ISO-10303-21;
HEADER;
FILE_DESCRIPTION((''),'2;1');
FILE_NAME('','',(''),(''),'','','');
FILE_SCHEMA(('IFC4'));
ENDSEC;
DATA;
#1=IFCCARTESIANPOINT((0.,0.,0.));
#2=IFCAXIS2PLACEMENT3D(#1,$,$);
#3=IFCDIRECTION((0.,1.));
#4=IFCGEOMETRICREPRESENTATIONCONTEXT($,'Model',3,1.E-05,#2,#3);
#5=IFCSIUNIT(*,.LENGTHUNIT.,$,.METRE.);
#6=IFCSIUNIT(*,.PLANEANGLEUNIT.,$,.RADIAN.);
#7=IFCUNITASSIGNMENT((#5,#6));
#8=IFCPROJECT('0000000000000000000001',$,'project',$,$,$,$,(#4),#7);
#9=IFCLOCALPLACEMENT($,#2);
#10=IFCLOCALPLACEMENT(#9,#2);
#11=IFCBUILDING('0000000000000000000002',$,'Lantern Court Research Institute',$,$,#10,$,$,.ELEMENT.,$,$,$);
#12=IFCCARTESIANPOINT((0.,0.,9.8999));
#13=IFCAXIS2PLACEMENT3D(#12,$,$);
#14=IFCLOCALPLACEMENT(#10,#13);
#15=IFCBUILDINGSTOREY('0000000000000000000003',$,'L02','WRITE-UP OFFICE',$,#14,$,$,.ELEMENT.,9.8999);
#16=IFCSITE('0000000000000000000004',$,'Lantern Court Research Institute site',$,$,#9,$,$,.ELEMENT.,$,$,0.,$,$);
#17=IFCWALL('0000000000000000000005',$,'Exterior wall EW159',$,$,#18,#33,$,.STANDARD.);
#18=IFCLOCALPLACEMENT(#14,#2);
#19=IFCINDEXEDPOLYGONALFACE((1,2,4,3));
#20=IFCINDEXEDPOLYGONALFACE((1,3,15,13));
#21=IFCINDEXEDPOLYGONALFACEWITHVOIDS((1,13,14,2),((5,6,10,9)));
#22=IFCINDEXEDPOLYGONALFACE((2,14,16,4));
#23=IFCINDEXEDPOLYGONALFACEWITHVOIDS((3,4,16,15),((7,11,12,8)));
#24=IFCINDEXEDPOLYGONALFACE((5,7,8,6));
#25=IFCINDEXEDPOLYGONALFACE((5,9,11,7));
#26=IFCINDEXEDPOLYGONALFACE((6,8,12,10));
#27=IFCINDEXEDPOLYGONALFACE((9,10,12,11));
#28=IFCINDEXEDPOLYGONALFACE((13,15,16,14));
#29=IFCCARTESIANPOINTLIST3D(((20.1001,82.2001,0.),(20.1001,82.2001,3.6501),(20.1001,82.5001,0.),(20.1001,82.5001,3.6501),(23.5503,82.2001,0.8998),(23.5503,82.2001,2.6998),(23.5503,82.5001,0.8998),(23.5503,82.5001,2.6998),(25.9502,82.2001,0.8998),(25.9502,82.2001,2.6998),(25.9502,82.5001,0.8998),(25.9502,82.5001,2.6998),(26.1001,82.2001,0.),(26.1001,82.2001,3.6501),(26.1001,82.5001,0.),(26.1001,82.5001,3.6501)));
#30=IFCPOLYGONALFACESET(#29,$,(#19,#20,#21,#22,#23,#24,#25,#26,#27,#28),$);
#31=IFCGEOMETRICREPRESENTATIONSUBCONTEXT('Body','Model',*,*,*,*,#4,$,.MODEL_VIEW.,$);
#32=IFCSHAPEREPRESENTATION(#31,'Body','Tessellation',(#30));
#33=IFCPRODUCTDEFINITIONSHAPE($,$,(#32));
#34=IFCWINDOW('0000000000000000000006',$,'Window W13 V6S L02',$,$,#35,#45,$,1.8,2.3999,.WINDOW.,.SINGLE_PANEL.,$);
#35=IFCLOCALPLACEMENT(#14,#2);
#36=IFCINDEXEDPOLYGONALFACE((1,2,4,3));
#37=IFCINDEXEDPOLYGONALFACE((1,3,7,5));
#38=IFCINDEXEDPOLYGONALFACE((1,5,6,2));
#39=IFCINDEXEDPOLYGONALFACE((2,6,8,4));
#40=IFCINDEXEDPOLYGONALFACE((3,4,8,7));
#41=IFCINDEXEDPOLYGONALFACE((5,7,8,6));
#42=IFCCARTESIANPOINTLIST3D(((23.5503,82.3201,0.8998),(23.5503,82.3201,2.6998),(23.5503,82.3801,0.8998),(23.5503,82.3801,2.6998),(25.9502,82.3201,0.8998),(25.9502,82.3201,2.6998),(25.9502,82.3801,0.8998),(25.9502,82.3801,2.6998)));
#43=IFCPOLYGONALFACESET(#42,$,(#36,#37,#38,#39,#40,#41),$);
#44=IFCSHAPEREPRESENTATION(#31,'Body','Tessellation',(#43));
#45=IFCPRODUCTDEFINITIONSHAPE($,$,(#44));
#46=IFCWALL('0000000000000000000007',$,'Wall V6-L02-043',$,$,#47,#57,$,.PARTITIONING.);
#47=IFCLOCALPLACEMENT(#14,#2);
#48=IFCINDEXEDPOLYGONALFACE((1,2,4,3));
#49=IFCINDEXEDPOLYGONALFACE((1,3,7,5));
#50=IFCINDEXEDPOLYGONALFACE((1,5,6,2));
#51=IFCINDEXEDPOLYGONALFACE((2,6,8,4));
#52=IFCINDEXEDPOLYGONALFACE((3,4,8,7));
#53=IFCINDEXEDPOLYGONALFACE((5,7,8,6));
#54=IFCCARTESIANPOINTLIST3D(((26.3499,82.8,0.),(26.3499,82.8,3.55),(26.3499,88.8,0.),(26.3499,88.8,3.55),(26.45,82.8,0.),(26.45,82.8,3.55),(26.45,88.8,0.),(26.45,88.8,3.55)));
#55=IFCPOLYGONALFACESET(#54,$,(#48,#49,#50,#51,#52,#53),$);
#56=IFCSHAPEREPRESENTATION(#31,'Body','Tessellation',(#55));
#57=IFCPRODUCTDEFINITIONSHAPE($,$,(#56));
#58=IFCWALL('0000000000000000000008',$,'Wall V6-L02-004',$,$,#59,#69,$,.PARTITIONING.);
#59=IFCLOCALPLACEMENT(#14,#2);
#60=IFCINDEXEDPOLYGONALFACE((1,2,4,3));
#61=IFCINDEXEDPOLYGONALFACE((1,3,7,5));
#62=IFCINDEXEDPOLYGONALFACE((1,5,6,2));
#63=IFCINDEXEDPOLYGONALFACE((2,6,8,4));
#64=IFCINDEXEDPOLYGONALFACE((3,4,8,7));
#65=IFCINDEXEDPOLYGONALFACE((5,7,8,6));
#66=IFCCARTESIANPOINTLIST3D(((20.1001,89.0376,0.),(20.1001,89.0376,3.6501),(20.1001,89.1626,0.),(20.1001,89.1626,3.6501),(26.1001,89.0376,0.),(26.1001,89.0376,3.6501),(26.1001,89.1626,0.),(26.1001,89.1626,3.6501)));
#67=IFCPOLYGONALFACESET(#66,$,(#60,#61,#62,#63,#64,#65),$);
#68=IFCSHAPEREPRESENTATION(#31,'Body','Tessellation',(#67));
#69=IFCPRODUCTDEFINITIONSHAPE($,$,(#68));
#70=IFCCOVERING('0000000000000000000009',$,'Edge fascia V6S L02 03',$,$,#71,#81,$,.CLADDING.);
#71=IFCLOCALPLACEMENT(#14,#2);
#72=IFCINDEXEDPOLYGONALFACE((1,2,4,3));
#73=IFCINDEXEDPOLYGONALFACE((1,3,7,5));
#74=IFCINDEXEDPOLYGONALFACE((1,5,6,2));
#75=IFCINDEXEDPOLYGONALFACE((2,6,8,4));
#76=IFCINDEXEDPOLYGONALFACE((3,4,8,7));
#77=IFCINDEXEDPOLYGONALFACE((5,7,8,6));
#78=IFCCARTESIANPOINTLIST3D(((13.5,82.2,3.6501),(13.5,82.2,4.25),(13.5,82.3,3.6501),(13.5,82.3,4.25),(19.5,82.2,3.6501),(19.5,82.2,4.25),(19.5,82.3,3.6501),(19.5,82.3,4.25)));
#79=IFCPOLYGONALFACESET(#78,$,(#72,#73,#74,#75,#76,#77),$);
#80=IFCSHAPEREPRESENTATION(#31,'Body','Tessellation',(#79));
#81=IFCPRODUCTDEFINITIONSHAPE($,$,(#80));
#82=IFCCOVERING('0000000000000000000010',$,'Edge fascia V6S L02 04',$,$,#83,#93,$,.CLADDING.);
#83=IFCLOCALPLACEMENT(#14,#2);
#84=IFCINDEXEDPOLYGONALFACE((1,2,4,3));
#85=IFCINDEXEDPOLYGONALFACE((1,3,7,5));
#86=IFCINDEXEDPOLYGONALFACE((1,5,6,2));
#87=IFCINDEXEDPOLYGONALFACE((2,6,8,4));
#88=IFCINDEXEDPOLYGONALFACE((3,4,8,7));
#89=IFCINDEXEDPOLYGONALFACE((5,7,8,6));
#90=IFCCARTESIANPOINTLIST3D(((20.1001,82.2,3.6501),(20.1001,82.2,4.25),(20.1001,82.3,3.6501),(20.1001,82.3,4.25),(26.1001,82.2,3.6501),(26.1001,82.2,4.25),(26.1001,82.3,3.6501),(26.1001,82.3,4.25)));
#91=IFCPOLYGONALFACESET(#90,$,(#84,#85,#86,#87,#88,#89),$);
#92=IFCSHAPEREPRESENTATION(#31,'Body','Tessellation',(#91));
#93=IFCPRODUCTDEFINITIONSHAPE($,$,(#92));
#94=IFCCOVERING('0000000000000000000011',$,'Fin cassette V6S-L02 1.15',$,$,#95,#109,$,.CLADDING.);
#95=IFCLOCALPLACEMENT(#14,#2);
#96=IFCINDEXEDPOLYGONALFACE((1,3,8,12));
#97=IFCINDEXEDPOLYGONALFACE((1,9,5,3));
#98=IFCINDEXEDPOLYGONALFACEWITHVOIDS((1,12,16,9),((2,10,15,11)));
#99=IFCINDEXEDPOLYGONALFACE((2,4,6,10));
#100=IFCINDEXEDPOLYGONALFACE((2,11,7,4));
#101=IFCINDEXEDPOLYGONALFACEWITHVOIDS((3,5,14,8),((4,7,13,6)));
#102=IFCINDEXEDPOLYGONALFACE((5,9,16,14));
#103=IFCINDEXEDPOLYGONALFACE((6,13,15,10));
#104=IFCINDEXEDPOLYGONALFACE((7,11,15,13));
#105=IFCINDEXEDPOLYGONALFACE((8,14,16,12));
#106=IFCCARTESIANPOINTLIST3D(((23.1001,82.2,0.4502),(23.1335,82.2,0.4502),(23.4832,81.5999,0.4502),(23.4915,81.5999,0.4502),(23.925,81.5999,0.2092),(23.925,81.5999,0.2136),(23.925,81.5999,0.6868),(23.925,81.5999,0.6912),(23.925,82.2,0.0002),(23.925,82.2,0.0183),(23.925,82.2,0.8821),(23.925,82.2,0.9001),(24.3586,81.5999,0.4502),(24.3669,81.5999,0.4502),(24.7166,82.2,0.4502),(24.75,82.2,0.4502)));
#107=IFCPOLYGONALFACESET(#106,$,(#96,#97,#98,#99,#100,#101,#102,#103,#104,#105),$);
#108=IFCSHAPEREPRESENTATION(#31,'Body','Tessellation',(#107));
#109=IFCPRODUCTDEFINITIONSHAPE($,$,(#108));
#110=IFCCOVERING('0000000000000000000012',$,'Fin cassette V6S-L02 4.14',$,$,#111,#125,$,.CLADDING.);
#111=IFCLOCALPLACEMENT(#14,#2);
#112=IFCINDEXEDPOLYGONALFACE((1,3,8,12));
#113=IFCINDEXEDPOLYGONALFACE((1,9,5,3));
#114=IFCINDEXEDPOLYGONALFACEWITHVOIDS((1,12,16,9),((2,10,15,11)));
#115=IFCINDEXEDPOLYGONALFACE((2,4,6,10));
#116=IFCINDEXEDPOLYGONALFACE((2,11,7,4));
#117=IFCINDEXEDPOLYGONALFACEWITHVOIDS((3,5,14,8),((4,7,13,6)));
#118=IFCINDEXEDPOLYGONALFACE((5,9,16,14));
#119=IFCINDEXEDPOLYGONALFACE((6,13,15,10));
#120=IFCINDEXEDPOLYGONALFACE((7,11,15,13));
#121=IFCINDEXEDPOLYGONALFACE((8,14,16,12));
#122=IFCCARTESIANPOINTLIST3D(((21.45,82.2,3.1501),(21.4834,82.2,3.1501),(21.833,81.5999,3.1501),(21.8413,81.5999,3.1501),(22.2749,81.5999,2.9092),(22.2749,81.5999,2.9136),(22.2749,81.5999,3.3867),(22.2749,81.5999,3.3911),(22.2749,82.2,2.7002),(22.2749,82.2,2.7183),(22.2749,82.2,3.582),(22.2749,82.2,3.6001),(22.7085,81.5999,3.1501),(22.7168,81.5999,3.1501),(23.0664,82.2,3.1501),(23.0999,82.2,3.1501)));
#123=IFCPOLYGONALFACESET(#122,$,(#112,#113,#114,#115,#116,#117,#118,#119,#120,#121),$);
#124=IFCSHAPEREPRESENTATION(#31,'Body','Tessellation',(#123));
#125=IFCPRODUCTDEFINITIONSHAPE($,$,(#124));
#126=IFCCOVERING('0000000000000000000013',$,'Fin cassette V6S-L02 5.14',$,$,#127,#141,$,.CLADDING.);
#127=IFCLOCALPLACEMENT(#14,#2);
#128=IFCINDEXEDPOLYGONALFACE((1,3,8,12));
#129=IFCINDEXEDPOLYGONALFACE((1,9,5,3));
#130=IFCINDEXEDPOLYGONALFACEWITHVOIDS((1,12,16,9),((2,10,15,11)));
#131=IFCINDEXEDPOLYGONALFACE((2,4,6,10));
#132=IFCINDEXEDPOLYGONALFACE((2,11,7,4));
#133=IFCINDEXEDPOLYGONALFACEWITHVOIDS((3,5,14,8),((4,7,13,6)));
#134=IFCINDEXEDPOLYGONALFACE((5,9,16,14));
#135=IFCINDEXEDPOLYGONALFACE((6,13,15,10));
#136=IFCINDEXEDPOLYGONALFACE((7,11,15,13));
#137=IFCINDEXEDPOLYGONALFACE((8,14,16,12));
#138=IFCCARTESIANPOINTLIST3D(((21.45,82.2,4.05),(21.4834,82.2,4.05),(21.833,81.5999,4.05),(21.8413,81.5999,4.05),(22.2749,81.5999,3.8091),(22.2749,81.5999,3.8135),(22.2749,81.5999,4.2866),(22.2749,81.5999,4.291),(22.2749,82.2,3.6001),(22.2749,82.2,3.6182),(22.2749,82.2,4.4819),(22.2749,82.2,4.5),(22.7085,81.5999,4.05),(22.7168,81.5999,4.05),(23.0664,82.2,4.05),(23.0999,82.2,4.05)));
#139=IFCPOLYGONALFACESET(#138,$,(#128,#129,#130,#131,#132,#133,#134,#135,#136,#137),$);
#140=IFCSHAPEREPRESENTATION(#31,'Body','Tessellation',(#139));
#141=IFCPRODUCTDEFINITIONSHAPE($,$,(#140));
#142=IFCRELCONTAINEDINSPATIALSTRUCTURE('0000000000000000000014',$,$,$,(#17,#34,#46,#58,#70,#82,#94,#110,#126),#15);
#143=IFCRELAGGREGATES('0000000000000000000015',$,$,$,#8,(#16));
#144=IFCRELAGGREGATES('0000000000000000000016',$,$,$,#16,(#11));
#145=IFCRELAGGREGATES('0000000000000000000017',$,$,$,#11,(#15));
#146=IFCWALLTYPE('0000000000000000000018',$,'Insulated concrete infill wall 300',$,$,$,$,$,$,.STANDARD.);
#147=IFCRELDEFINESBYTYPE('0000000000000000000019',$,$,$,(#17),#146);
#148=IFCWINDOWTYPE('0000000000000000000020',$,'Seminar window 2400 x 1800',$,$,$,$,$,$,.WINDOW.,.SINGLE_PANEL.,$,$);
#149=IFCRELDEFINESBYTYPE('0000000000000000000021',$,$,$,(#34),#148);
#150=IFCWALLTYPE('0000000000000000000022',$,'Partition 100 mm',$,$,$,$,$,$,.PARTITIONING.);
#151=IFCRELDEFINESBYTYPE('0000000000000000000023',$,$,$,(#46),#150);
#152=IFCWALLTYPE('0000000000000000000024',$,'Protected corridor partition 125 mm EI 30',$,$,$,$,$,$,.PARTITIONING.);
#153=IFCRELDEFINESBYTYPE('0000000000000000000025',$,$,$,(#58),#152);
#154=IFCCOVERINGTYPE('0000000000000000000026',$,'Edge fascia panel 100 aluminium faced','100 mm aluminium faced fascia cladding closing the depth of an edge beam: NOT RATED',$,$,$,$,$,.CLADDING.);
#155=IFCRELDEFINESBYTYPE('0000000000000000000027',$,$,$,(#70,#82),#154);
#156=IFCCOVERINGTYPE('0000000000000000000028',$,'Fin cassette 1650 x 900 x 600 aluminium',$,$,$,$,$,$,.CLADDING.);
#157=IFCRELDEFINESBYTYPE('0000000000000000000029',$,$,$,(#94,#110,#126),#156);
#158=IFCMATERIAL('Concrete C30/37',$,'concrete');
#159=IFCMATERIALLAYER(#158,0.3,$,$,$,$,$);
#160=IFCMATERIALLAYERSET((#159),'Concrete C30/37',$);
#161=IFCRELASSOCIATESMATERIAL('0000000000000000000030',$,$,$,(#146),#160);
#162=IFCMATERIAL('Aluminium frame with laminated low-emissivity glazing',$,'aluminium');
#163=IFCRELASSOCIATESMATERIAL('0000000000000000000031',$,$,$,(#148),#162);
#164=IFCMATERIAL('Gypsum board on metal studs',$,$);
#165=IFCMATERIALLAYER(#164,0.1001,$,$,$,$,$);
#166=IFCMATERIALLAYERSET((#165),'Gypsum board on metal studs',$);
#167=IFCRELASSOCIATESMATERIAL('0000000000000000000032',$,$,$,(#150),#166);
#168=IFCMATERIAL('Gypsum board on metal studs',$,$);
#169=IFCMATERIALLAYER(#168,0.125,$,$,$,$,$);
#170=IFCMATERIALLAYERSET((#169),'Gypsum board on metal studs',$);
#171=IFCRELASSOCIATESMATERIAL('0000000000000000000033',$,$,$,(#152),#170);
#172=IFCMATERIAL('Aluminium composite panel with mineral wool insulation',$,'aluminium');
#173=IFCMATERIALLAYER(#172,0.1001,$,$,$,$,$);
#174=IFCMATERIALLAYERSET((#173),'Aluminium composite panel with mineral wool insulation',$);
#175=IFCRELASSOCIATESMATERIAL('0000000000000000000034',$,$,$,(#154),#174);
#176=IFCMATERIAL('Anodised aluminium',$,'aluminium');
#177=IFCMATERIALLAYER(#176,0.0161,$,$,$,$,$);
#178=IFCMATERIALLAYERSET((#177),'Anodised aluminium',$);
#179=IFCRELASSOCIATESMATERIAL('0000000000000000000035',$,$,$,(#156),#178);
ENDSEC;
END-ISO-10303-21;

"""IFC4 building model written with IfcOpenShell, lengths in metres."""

from ifc_helpers import new_model, entity, si_unit, direction, frame, frame_2d, origin, place, context, subcontext, project, spatial, rectangle, extrude, material, layer, layer_set, type_object, element, fill, save


model = new_model("IFC4")

# Units and contexts
model_context = context("Model", 3, precision=1e-05, world=origin(), true_north=direction((0.0, 1.0)))
body_context = subcontext(model_context, "Body", "Model", "MODEL_VIEW")
ifc_project = project(units=[si_unit("LENGTHUNIT", "METRE"), si_unit("PLANEANGLEUNIT", "RADIAN")], contexts=[model_context])

# Site, building, storey
site_placement = place(None, origin())
site = spatial("IfcSite", under=ifc_project, at=site_placement, Name="Lantern Court Research Institute site", CompositionType="ELEMENT", RefElevation=0.0)
building_placement = place(site_placement, origin())
building = spatial("IfcBuilding", under=site, at=building_placement, Name="Lantern Court Research Institute", CompositionType="ELEMENT")
storey_placement = place(building_placement, frame((0.0, 0.0, 9.8999)))
storey = spatial("IfcBuildingStorey", under=building, at=storey_placement, Name="L02", Description="WRITE-UP OFFICE", CompositionType="ELEMENT", Elevation=9.8999)

# Shared definitions
ifc_material_1 = material(Name="Concrete C30/37", Category="concrete")
ifc_layer_1 = layer(ifc_material_1, 0.3)
ifc_layer_set_1 = layer_set([ifc_layer_1], Name="Concrete C30/37")
wall_type_1 = type_object("IfcWallType", Name="Insulated concrete infill wall 300", PredefinedType="STANDARD", material=ifc_layer_set_1)
ifc_material_2 = material(Name="Aluminium frame with laminated low-emissivity glazing", Category="aluminium")
window_type = type_object("IfcWindowType", Name="Seminar window 2400 x 1800", PartitioningType="SINGLE_PANEL", PredefinedType="WINDOW", material=ifc_material_2)

# Wall, opening, window
wall_1_placement = place(storey_placement, frame((26.1001, 82.3501, 0.0), z_axis=(0.0, 0.0, 1.0), x_axis=(-1.0, 0.0, 0.0)))
wall_1 = element("IfcWall", 1, at=wall_1_placement, inside=storey, type_object=wall_type_1, Name="Exterior wall EW159", PredefinedType="STANDARD", context=body_context, shape_type="SweptSolid", body=[
    extrude(rectangle(XDim=6.0, YDim=0.3, at=frame_2d((3.0, 0.0))), origin(), (0.0, 0.0, 1.0), 3.6501),
])
opening_1_placement = place(wall_1_placement, frame((0.1499, 0.0, 0.8999)))
opening_1 = element("IfcOpeningElement", 2, at=opening_1_placement, cuts=wall_1, PredefinedType="OPENING", context=body_context, shape_type="SweptSolid", body=[
    extrude(rectangle(XDim=2.3999, YDim=1.8, at=frame_2d((1.2, 0.8999))), frame((0.0, 0.1599, 0.0), z_axis=(0.0, -1.0, 0.0), x_axis=(1.0, 0.0, 0.0)), (0.0, 0.0, 1.0), 0.3201),
])
window_1_placement = place(opening_1_placement, origin())
window_1 = element("IfcWindow", 3, at=window_1_placement, inside=storey, type_object=window_type, Name="Window W13 V6S L02", OverallHeight=1.8, OverallWidth=2.3999, PartitioningType="SINGLE_PANEL", PredefinedType="WINDOW", context=body_context, shape_type="SweptSolid", body=[
    extrude(rectangle(XDim=2.3999, YDim=1.8, at=frame_2d((1.2, 0.8999))), frame((0.0, 0.03, 0.0), z_axis=(0.0, -1.0, 0.0), x_axis=(1.0, 0.0, 0.0)), (0.0, 0.0, 1.0), 0.0601),
])
fill(opening_1, window_1)

# Walls
ifc_material_3 = material(Name="Gypsum board on metal studs")
ifc_layer_2 = layer(ifc_material_3, 0.1001)
ifc_layer_set_2 = layer_set([ifc_layer_2], Name="Gypsum board on metal studs")
wall_type_2 = type_object("IfcWallType", Name="Partition 100 mm", PredefinedType="PARTITIONING", material=ifc_layer_set_2)
wall_2_placement = place(storey_placement, frame((26.3999, 82.8, 0.0), z_axis=(0.0, 0.0, 1.0), x_axis=(0.0, 1.0, 0.0)))
element("IfcWall", 4, at=wall_2_placement, inside=storey, type_object=wall_type_2, Name="Wall V6-L02-043", PredefinedType="PARTITIONING", context=body_context, shape_type="SweptSolid", body=[
    extrude(rectangle(XDim=6.0, YDim=0.1001, at=frame_2d((3.0, 0.0))), origin(), (0.0, 0.0, 1.0), 3.55),
])
ifc_material_4 = material(Name="Gypsum board on metal studs")
ifc_layer_3 = layer(ifc_material_4, 0.125)
ifc_layer_set_3 = layer_set([ifc_layer_3], Name="Gypsum board on metal studs")
wall_type_3 = type_object("IfcWallType", Name="Protected corridor partition 125 mm EI 30", PredefinedType="PARTITIONING", material=ifc_layer_set_3)
wall_3_placement = place(storey_placement, frame((20.1001, 89.1001, 0.0), z_axis=(0.0, 0.0, 1.0), x_axis=(1.0, 0.0, 0.0)))
element("IfcWall", 5, at=wall_3_placement, inside=storey, type_object=wall_type_3, Name="Wall V6-L02-004", PredefinedType="PARTITIONING", context=body_context, shape_type="SweptSolid", body=[
    extrude(rectangle(XDim=6.0, YDim=0.125, at=frame_2d((3.0, 0.0))), origin(), (0.0, 0.0, 1.0), 3.6501),
])

# Coverings
ifc_material_5 = material(Name="Aluminium composite panel with mineral wool insulation", Category="aluminium")
ifc_layer_4 = layer(ifc_material_5, 0.1001)
ifc_layer_set_4 = layer_set([ifc_layer_4], Name="Aluminium composite panel with mineral wool insulation")
covering_type_1 = type_object("IfcCoveringType", Name="Edge fascia panel 100 aluminium faced", Description="100 mm aluminium faced fascia cladding closing the depth of an edge beam: NOT RATED", PredefinedType="CLADDING", material=ifc_layer_set_4)
for number, where, z_axis, x_axis, name in (
    (6, (19.5, 82.25, 3.6501), (0.0, 0.0, 1.0), (-1.0, 0.0, 0.0), "Edge fascia V6S L02 03"),
    (7, (26.1001, 82.25, 3.6501), (0.0, 0.0, 1.0), (-1.0, 0.0, 0.0), "Edge fascia V6S L02 04"),
):
    element("IfcCovering", number, at=place(storey_placement, frame(where, z_axis=z_axis, x_axis=x_axis)), inside=storey, type_object=covering_type_1, Name=name, PredefinedType="CLADDING", context=body_context, shape_type="SweptSolid", body=[
        extrude(rectangle(XDim=6.0, YDim=0.1001, at=frame_2d((3.0, 0.0))), origin(), (0.0, 0.0, 1.0), 0.5999),
    ])
ifc_material_6 = material(Name="Anodised aluminium", Category="aluminium")
ifc_layer_5 = layer(ifc_material_6, 0.0161)
ifc_layer_set_5 = layer_set([ifc_layer_5], Name="Anodised aluminium")
covering_type_2 = type_object("IfcCoveringType", Name="Fin cassette 1650 x 900 x 600 aluminium", PredefinedType="CLADDING", material=ifc_layer_set_5)
covering_1_placement = place(storey_placement, frame((23.925, 82.2, 0.4502), z_axis=(0.0, -1.0, 0.0), x_axis=(1.0, 0.0, 0.0)))
cartesian_point_1 = entity("IfcCartesianPoint", [0.825, 0.0])
cartesian_point_2 = entity("IfcCartesianPoint", [0.7915, 0.0])
cartesian_point_3 = entity("IfcCartesianPoint", [0.4419, 0.0])
cartesian_point_4 = entity("IfcCartesianPoint", [0.4336, 0.0])
element("IfcCovering", 8, at=covering_1_placement, inside=storey, type_object=covering_type_2, Name="Fin cassette V6S-L02 1.15", PredefinedType="CLADDING", context=body_context, shape_type="SweptSolid", body=[
    entity("IfcExtrudedAreaSolidTapered", entity("IfcArbitraryProfileDefWithVoids", "AREA", None, entity("IfcPolyline", [cartesian_point_1, entity("IfcCartesianPoint", [0.0, 0.45]), entity("IfcCartesianPoint", [-0.825, 0.0]), entity("IfcCartesianPoint", [0.0, -0.45]), cartesian_point_1]), [entity("IfcPolyline", [cartesian_point_2, entity("IfcCartesianPoint", [0.0, 0.4319]), entity("IfcCartesianPoint", [-0.7915, 0.0]), entity("IfcCartesianPoint", [0.0, -0.4319]), cartesian_point_2])]), entity("IfcAxis2Placement3D", entity("IfcCartesianPoint", [0.0, 0.0, 0.0])), entity("IfcDirection", [0.0, 0.0, 1.0]), 0.6001, entity("IfcArbitraryProfileDefWithVoids", "AREA", None, entity("IfcPolyline", [cartesian_point_3, entity("IfcCartesianPoint", [0.0, 0.241]), entity("IfcCartesianPoint", [-0.4419, 0.0]), entity("IfcCartesianPoint", [0.0, -0.241]), cartesian_point_3]), [entity("IfcPolyline", [cartesian_point_4, entity("IfcCartesianPoint", [0.0, 0.2366]), entity("IfcCartesianPoint", [-0.4336, 0.0]), entity("IfcCartesianPoint", [0.0, -0.2366]), cartesian_point_4])])),
])
covering_2_placement = place(storey_placement, frame((22.2749, 82.2, 3.1501), z_axis=(0.0, -1.0, 0.0), x_axis=(1.0, 0.0, 0.0)))
cartesian_point_5 = entity("IfcCartesianPoint", [0.825, 0.0])
cartesian_point_6 = entity("IfcCartesianPoint", [0.7915, 0.0])
cartesian_point_7 = entity("IfcCartesianPoint", [0.4419, 0.0])
cartesian_point_8 = entity("IfcCartesianPoint", [0.4336, 0.0])
element("IfcCovering", 9, at=covering_2_placement, inside=storey, type_object=covering_type_2, Name="Fin cassette V6S-L02 4.14", PredefinedType="CLADDING", context=body_context, shape_type="SweptSolid", body=[
    entity("IfcExtrudedAreaSolidTapered", entity("IfcArbitraryProfileDefWithVoids", "AREA", None, entity("IfcPolyline", [cartesian_point_5, entity("IfcCartesianPoint", [0.0, 0.45]), entity("IfcCartesianPoint", [-0.825, 0.0]), entity("IfcCartesianPoint", [0.0, -0.45]), cartesian_point_5]), [entity("IfcPolyline", [cartesian_point_6, entity("IfcCartesianPoint", [0.0, 0.4319]), entity("IfcCartesianPoint", [-0.7915, 0.0]), entity("IfcCartesianPoint", [0.0, -0.4319]), cartesian_point_6])]), entity("IfcAxis2Placement3D", entity("IfcCartesianPoint", [0.0, 0.0, 0.0])), entity("IfcDirection", [0.0, 0.0, 1.0]), 0.6001, entity("IfcArbitraryProfileDefWithVoids", "AREA", None, entity("IfcPolyline", [cartesian_point_7, entity("IfcCartesianPoint", [0.0, 0.241]), entity("IfcCartesianPoint", [-0.4419, 0.0]), entity("IfcCartesianPoint", [0.0, -0.241]), cartesian_point_7]), [entity("IfcPolyline", [cartesian_point_8, entity("IfcCartesianPoint", [0.0, 0.2366]), entity("IfcCartesianPoint", [-0.4336, 0.0]), entity("IfcCartesianPoint", [0.0, -0.2366]), cartesian_point_8])])),
])
covering_3_placement = place(storey_placement, frame((22.2749, 82.2, 4.05), z_axis=(0.0, -1.0, 0.0), x_axis=(1.0, 0.0, 0.0)))
cartesian_point_9 = entity("IfcCartesianPoint", [0.825, 0.0])
cartesian_point_10 = entity("IfcCartesianPoint", [0.7915, 0.0])
cartesian_point_11 = entity("IfcCartesianPoint", [0.4419, 0.0])
cartesian_point_12 = entity("IfcCartesianPoint", [0.4336, 0.0])
element("IfcCovering", 10, at=covering_3_placement, inside=storey, type_object=covering_type_2, Name="Fin cassette V6S-L02 5.14", PredefinedType="CLADDING", context=body_context, shape_type="SweptSolid", body=[
    entity("IfcExtrudedAreaSolidTapered", entity("IfcArbitraryProfileDefWithVoids", "AREA", None, entity("IfcPolyline", [cartesian_point_9, entity("IfcCartesianPoint", [0.0, 0.45]), entity("IfcCartesianPoint", [-0.825, 0.0]), entity("IfcCartesianPoint", [0.0, -0.45]), cartesian_point_9]), [entity("IfcPolyline", [cartesian_point_10, entity("IfcCartesianPoint", [0.0, 0.4319]), entity("IfcCartesianPoint", [-0.7915, 0.0]), entity("IfcCartesianPoint", [0.0, -0.4319]), cartesian_point_10])]), entity("IfcAxis2Placement3D", entity("IfcCartesianPoint", [0.0, 0.0, 0.0])), entity("IfcDirection", [0.0, 0.0, 1.0]), 0.6001, entity("IfcArbitraryProfileDefWithVoids", "AREA", None, entity("IfcPolyline", [cartesian_point_11, entity("IfcCartesianPoint", [0.0, 0.241]), entity("IfcCartesianPoint", [-0.4419, 0.0]), entity("IfcCartesianPoint", [0.0, -0.241]), cartesian_point_11]), [entity("IfcPolyline", [cartesian_point_12, entity("IfcCartesianPoint", [0.0, 0.2366]), entity("IfcCartesianPoint", [-0.4336, 0.0]), entity("IfcCartesianPoint", [0.0, -0.2366]), cartesian_point_12])])),
])

save(model, "model.ifc")
